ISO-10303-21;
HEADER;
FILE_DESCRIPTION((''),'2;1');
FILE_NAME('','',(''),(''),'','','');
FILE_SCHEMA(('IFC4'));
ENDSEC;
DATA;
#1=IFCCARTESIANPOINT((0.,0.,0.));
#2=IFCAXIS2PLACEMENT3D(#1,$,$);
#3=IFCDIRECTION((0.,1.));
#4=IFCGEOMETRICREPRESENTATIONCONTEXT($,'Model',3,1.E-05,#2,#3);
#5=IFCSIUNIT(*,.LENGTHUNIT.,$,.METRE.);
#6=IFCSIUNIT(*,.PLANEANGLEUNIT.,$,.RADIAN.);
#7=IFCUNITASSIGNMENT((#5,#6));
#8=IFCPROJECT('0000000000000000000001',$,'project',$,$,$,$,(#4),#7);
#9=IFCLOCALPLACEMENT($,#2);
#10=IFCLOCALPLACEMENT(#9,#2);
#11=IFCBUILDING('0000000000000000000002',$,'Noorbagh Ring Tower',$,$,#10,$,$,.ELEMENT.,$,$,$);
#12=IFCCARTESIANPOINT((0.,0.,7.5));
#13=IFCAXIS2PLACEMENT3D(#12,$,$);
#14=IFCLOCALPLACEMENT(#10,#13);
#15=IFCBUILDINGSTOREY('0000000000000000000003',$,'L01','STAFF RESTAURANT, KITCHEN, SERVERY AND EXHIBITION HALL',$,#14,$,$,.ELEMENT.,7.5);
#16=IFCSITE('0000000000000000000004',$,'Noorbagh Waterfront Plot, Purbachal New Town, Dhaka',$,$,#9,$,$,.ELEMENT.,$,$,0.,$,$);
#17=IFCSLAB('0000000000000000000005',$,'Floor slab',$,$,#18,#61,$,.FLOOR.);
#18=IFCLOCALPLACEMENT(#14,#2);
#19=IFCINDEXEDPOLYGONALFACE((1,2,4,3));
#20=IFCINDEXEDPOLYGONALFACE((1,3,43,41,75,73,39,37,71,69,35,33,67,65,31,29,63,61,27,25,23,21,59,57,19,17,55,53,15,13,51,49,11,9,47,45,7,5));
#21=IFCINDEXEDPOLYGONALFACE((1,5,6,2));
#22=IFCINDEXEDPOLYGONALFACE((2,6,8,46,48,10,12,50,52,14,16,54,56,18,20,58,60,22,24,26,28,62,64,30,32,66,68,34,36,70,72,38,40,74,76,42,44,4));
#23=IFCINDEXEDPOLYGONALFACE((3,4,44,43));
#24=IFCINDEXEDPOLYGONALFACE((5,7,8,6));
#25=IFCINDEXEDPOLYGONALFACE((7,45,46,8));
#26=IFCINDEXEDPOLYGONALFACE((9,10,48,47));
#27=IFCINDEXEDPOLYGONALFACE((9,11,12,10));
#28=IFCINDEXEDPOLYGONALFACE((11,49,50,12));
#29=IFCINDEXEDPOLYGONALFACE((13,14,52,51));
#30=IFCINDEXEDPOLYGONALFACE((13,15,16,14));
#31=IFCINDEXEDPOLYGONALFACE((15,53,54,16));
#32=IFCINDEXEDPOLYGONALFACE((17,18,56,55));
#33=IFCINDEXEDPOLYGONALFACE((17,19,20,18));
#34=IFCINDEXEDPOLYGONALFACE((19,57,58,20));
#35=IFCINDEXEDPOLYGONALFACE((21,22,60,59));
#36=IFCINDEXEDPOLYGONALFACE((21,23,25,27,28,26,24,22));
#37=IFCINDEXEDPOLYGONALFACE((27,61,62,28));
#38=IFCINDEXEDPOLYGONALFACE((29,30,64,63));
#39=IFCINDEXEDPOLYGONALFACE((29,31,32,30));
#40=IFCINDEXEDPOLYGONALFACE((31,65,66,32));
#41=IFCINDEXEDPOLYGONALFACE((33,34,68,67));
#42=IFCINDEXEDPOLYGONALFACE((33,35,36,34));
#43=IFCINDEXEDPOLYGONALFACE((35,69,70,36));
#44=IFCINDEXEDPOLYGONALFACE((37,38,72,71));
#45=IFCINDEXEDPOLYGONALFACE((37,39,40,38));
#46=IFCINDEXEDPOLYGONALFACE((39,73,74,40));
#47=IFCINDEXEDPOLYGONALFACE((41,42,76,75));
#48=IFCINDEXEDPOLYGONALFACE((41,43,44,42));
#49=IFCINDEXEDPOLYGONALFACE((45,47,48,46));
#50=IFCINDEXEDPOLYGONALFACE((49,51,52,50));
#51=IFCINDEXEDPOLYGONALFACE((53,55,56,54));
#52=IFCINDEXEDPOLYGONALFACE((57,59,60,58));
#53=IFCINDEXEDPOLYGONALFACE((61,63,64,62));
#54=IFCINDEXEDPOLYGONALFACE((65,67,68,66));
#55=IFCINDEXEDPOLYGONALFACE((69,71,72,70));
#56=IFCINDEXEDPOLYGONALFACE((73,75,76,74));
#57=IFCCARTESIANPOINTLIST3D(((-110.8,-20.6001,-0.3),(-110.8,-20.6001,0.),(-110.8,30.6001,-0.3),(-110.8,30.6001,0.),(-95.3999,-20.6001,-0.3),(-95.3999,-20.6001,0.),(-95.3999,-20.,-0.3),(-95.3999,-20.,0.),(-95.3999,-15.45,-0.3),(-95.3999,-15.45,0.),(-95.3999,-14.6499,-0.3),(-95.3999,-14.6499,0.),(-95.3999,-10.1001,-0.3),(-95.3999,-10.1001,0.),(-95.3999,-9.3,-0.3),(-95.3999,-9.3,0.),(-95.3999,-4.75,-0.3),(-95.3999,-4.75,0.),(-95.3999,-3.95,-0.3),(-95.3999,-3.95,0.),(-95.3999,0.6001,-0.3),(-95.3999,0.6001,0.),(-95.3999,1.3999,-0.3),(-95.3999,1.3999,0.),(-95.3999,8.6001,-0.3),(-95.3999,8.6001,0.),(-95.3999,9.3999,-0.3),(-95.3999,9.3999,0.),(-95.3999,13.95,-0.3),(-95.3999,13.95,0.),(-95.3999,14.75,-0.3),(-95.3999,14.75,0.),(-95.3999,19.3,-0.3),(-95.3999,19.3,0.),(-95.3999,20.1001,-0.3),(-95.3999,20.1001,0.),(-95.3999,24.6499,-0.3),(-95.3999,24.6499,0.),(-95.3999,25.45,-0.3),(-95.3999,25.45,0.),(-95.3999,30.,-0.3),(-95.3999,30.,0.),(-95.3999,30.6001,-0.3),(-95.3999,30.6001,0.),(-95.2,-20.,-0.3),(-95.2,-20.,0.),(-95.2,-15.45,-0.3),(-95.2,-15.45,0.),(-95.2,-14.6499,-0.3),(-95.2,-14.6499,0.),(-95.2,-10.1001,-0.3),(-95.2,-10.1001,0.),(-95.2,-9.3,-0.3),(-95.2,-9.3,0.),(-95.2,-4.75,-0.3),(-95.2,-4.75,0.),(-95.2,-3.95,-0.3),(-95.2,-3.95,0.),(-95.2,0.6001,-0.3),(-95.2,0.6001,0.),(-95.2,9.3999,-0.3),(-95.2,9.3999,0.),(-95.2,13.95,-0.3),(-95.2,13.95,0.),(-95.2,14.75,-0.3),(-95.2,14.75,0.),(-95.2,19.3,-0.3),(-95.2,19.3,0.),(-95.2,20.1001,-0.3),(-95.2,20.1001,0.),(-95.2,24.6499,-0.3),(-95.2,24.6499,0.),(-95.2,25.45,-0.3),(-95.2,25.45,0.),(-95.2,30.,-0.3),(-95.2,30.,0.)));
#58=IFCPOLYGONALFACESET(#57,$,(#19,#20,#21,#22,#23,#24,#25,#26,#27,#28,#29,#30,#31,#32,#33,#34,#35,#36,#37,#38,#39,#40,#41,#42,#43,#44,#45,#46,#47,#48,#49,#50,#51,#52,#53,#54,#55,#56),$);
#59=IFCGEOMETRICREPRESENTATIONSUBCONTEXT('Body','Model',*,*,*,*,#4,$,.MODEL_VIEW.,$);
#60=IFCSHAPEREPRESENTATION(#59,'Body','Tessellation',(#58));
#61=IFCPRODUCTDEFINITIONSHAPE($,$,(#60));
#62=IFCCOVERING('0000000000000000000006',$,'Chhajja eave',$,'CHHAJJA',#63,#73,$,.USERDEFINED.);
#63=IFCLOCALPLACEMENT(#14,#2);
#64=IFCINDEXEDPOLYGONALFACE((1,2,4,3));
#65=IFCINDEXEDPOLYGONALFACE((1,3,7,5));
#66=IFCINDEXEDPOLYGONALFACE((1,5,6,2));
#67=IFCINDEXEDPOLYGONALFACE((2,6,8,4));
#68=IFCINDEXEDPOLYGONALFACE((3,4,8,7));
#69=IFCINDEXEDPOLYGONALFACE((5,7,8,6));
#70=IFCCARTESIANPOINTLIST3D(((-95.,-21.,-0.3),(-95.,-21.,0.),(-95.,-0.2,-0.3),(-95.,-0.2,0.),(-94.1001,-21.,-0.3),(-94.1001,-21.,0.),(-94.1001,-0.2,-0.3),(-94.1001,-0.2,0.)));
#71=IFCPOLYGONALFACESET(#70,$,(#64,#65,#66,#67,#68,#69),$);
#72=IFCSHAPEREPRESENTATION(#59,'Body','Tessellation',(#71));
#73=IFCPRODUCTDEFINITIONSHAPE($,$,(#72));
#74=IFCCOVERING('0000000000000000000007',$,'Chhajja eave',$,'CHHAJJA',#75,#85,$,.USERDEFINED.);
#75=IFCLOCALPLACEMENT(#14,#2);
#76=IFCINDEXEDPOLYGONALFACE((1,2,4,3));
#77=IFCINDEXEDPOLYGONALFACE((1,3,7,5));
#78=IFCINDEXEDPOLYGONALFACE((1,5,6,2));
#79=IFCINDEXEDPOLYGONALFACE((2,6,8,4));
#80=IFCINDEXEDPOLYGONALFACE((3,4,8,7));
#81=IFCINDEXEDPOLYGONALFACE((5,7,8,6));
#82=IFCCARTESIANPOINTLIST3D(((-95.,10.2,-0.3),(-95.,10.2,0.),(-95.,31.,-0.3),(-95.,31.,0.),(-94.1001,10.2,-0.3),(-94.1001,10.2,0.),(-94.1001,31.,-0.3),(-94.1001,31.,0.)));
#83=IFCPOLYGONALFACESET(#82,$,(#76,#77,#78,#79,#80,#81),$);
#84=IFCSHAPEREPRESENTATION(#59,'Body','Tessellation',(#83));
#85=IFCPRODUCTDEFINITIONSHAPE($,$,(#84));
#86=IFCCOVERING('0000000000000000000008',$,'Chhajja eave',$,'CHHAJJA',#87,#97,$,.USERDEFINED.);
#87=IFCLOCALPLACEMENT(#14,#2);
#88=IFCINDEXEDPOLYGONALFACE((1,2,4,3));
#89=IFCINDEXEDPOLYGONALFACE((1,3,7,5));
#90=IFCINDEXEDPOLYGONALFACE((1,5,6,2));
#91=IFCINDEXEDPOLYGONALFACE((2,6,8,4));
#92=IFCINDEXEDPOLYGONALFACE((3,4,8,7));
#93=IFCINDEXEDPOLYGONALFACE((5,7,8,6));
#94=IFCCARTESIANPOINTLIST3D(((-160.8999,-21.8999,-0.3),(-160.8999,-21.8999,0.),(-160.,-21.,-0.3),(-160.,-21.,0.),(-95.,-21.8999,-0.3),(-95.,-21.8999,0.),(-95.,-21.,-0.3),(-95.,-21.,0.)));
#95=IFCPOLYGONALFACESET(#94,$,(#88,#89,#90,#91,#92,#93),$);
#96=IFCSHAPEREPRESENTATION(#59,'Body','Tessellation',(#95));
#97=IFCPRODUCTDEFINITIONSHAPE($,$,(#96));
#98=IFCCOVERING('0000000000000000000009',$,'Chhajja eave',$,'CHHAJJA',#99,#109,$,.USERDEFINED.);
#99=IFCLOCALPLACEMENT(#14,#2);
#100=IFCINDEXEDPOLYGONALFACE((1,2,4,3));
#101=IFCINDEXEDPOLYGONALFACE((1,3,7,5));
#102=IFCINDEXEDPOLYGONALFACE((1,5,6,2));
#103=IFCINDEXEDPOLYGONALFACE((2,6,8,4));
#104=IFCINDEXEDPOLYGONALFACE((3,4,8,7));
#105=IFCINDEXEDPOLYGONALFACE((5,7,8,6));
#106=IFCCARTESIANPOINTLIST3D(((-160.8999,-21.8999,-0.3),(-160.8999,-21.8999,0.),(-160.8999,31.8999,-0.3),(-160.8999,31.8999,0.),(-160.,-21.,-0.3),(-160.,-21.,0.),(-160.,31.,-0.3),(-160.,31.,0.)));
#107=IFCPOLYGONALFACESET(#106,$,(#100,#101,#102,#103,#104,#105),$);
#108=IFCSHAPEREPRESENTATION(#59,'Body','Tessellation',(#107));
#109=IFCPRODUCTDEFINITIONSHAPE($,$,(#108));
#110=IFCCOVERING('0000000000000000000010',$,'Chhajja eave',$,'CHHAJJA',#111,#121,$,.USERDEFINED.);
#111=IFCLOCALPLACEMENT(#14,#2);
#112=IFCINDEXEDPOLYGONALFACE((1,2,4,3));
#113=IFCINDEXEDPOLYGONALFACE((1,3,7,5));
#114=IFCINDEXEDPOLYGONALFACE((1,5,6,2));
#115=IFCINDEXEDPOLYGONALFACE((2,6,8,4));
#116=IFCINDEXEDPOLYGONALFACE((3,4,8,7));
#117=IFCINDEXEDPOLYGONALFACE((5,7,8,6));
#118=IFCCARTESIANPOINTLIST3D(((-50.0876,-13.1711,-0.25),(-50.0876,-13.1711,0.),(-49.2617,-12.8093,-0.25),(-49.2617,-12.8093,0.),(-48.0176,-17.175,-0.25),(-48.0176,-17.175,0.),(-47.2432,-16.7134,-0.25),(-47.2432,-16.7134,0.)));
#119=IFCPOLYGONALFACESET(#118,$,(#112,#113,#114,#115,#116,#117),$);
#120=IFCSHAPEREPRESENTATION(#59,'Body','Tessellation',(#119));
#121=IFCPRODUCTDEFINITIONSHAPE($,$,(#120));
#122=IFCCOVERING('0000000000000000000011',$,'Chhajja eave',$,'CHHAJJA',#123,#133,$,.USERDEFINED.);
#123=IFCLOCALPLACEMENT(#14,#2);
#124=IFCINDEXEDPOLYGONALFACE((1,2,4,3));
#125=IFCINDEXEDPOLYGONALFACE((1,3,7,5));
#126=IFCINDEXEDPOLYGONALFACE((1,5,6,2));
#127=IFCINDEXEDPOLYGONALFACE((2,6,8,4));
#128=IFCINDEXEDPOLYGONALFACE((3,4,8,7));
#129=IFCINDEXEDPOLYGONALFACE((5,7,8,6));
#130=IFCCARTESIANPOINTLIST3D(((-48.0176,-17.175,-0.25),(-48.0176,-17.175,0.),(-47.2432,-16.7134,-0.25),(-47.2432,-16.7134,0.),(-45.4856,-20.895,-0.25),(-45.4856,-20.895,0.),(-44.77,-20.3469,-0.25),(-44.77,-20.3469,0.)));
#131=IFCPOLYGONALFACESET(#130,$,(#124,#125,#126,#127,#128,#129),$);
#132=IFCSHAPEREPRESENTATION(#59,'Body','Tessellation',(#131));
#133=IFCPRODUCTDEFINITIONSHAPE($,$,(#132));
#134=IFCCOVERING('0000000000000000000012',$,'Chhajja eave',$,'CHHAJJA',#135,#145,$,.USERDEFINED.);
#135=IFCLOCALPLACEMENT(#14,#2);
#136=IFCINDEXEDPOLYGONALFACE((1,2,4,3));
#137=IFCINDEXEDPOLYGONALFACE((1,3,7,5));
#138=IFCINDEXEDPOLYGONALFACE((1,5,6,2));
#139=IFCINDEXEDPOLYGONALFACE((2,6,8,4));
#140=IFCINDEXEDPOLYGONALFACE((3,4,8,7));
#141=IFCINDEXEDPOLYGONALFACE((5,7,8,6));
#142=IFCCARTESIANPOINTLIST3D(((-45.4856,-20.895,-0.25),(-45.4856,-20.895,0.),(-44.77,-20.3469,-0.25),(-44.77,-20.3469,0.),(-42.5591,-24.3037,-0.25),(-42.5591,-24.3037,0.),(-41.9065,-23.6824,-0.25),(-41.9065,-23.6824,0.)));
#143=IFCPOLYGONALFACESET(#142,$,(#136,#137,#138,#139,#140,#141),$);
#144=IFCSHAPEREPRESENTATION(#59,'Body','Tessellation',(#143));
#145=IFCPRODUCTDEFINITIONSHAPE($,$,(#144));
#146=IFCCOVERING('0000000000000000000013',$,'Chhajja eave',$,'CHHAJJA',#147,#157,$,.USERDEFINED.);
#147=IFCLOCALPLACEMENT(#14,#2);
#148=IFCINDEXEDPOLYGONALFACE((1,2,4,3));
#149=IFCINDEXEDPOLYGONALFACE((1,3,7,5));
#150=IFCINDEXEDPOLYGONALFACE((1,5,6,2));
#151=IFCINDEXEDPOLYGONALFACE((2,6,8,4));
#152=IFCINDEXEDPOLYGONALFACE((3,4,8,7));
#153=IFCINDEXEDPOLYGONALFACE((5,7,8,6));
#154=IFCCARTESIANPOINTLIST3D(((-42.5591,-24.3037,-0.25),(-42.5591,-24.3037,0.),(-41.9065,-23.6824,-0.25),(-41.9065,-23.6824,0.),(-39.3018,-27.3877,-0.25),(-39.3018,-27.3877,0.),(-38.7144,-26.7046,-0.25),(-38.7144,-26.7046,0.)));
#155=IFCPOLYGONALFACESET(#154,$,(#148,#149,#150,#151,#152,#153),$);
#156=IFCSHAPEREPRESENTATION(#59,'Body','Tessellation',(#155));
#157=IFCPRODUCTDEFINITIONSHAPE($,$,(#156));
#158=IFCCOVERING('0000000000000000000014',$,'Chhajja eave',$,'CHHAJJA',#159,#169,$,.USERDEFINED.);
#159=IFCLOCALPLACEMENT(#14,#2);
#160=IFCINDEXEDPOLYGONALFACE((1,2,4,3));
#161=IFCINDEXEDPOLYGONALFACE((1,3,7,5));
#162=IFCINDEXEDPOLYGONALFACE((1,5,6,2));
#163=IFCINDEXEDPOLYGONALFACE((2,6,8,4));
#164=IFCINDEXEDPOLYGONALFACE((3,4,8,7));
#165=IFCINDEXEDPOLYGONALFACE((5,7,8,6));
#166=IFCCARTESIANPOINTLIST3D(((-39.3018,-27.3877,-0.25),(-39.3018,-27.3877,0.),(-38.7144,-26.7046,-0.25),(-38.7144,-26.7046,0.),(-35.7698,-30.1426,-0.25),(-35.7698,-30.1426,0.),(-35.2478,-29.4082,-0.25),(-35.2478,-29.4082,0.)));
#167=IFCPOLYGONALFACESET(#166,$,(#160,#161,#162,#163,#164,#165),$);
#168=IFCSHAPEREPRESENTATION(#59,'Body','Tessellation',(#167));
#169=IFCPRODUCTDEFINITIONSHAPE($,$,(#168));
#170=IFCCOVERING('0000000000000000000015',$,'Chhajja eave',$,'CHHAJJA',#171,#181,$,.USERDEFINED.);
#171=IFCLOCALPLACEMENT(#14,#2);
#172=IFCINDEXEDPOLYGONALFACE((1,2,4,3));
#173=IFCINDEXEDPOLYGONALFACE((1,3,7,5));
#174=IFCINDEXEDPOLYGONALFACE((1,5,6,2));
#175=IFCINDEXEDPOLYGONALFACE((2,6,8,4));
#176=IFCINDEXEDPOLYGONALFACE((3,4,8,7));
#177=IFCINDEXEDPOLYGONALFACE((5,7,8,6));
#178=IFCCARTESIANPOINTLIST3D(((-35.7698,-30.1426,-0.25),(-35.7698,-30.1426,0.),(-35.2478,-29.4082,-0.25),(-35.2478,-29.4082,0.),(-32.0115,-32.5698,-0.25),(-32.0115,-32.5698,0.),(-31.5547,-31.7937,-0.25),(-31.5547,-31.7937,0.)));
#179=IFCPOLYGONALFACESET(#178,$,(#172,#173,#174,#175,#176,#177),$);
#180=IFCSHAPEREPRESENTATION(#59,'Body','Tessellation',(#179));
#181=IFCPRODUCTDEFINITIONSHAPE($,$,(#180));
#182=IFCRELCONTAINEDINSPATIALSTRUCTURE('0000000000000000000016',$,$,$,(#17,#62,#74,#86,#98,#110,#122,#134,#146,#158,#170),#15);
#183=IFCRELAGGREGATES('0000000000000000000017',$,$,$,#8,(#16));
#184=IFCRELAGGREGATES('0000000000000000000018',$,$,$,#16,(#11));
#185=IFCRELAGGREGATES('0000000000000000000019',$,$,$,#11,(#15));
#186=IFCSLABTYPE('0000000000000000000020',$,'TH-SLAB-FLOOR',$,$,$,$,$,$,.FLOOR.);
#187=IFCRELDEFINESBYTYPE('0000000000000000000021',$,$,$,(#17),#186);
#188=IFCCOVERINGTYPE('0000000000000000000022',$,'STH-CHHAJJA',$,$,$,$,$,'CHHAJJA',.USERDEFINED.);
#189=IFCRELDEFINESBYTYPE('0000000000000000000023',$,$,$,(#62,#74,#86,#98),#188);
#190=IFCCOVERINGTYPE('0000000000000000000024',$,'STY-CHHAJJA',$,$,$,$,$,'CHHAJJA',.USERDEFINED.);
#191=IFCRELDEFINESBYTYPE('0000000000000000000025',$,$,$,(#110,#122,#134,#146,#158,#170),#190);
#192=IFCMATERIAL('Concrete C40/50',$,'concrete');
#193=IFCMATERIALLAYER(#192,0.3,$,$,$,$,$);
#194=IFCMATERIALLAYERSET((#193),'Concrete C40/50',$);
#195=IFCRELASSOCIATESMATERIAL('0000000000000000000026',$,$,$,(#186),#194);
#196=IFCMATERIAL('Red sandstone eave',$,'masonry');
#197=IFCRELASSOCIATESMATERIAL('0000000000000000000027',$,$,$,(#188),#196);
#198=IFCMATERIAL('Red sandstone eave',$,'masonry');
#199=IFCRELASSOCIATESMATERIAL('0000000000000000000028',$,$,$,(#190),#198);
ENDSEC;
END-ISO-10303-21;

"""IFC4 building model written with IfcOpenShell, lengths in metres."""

from ifc_helpers import new_model, si_unit, direction, frame, origin, place, context, subcontext, project, spatial, polyline, outline, extrude, material, layer, layer_set, type_object, element, save


model = new_model("IFC4")

# Units and contexts
model_context = context("Model", 3, precision=1e-05, world=origin(), true_north=direction((0.0, 1.0)))
body_context = subcontext(model_context, "Body", "Model", "MODEL_VIEW")
ifc_project = project(units=[si_unit("LENGTHUNIT", "METRE"), si_unit("PLANEANGLEUNIT", "RADIAN")], contexts=[model_context])

# Site, building, storey
site_placement = place(None, origin())
site = spatial("IfcSite", under=ifc_project, at=site_placement, Name="Noorbagh Waterfront Plot, Purbachal New Town, Dhaka", CompositionType="ELEMENT", RefElevation=0.0)
building_placement = place(site_placement, origin())
building = spatial("IfcBuilding", under=site, at=building_placement, Name="Noorbagh Ring Tower", CompositionType="ELEMENT")
storey_placement = place(building_placement, frame((0.0, 0.0, 7.5)))
storey = spatial("IfcBuildingStorey", under=building, at=storey_placement, Name="L01", Description="STAFF RESTAURANT, KITCHEN, SERVERY AND EXHIBITION HALL", CompositionType="ELEMENT", Elevation=7.5)

# Slab
ifc_material_1 = material(Name="Concrete C40/50", Category="concrete")
ifc_layer = layer(ifc_material_1, 0.3)
ifc_layer_set = layer_set([ifc_layer], Name="Concrete C40/50")
slab_type = type_object("IfcSlabType", Name="TH-SLAB-FLOOR", PredefinedType="FLOOR", material=ifc_layer_set)
slab_1_placement = place(storey_placement, frame((0.0, 0.0, -0.3)))
element("IfcSlab", 1, at=slab_1_placement, inside=storey, type_object=slab_type, Name="Floor slab", PredefinedType="FLOOR", context=body_context, shape_type="SweptSolid", body=[
    extrude(outline(polyline([(-95.3999, 20.1001), (-95.2, 20.1001), (-95.2, 24.6499), (-95.3999, 24.6499), (-95.3999, 25.45), (-95.2, 25.45), (-95.2, 30.0), (-95.3999, 30.0), (-95.3999, 30.6001), (-110.8, 30.6001), (-110.8, -20.6001), (-95.3999, -20.6001), (-95.3999, -20.0), (-95.2, -20.0), (-95.2, -15.45), (-95.3999, -15.45), (-95.3999, -14.6499), (-95.2, -14.6499), (-95.2, -10.1001), (-95.3999, -10.1001), (-95.3999, -9.3), (-95.2, -9.3), (-95.2, -4.75), (-95.3999, -4.75), (-95.3999, -3.95), (-95.2, -3.95), (-95.2, 0.6001), (-95.3999, 0.6001), (-95.3999, 1.3999), (-95.3999, 8.6001), (-95.3999, 9.3999), (-95.2, 9.3999), (-95.2, 13.95), (-95.3999, 13.95), (-95.3999, 14.75), (-95.2, 14.75), (-95.2, 19.3), (-95.3999, 19.3), (-95.3999, 20.1001)])), origin(), (0.0, 0.0, 1.0), 0.3),
])

# Coverings
ifc_material_2 = material(Name="Red sandstone eave", Category="masonry")
covering_type_1 = type_object("IfcCoveringType", Name="STH-CHHAJJA", ElementType="CHHAJJA", PredefinedType="USERDEFINED", material=ifc_material_2)
covering_1_placement = place(storey_placement, frame((0.0, 0.0, -0.3)))
element("IfcCovering", 2, at=covering_1_placement, inside=storey, type_object=covering_type_1, Name="Chhajja eave", ObjectType="CHHAJJA", PredefinedType="USERDEFINED", context=body_context, shape_type="SweptSolid", body=[
    extrude(outline(polyline([(-95.0, -21.0), (-95.0, -0.2), (-94.1001, -0.2), (-94.1001, -21.0), (-95.0, -21.0)])), origin(), (0.0, 0.0, 1.0), 0.3),
])
covering_2_placement = place(storey_placement, frame((0.0, 0.0, -0.3)))
element("IfcCovering", 3, at=covering_2_placement, inside=storey, type_object=covering_type_1, Name="Chhajja eave", ObjectType="CHHAJJA", PredefinedType="USERDEFINED", context=body_context, shape_type="SweptSolid", body=[
    extrude(outline(polyline([(-95.0, 10.2), (-95.0, 31.0), (-94.1001, 31.0), (-94.1001, 10.2), (-95.0, 10.2)])), origin(), (0.0, 0.0, 1.0), 0.3),
])
covering_3_placement = place(storey_placement, frame((0.0, 0.0, -0.3)))
element("IfcCovering", 4, at=covering_3_placement, inside=storey, type_object=covering_type_1, Name="Chhajja eave", ObjectType="CHHAJJA", PredefinedType="USERDEFINED", context=body_context, shape_type="SweptSolid", body=[
    extrude(outline(polyline([(-160.0, -21.0), (-95.0, -21.0), (-95.0, -21.8999), (-160.8999, -21.8999), (-160.0, -21.0)])), origin(), (0.0, 0.0, 1.0), 0.3),
])
covering_4_placement = place(storey_placement, frame((0.0, 0.0, -0.3)))
element("IfcCovering", 5, at=covering_4_placement, inside=storey, type_object=covering_type_1, Name="Chhajja eave", ObjectType="CHHAJJA", PredefinedType="USERDEFINED", context=body_context, shape_type="SweptSolid", body=[
    extrude(outline(polyline([(-160.0, -21.0), (-160.0, 31.0), (-160.8999, 31.8999), (-160.8999, -21.8999), (-160.0, -21.0)])), origin(), (0.0, 0.0, 1.0), 0.3),
])
ifc_material_3 = material(Name="Red sandstone eave", Category="masonry")
covering_type_2 = type_object("IfcCoveringType", Name="STY-CHHAJJA", ElementType="CHHAJJA", PredefinedType="USERDEFINED", material=ifc_material_3)
covering_5_placement = place(storey_placement, frame((0.0, 0.0, -0.25)))
element("IfcCovering", 6, at=covering_5_placement, inside=storey, type_object=covering_type_2, Name="Chhajja eave", ObjectType="CHHAJJA", PredefinedType="USERDEFINED", context=body_context, shape_type="SweptSolid", body=[
    extrude(outline(polyline([(-49.2617, -12.8093), (-47.2432, -16.7134), (-48.0176, -17.175), (-50.0876, -13.1711), (-49.2617, -12.8093)])), origin(), (0.0, 0.0, 1.0), 0.25),
])
covering_6_placement = place(storey_placement, frame((0.0, 0.0, -0.25)))
element("IfcCovering", 7, at=covering_6_placement, inside=storey, type_object=covering_type_2, Name="Chhajja eave", ObjectType="CHHAJJA", PredefinedType="USERDEFINED", context=body_context, shape_type="SweptSolid", body=[
    extrude(outline(polyline([(-47.2432, -16.7134), (-44.77, -20.3469), (-45.4856, -20.895), (-48.0176, -17.175), (-47.2432, -16.7134)])), origin(), (0.0, 0.0, 1.0), 0.25),
])
covering_7_placement = place(storey_placement, frame((0.0, 0.0, -0.25)))
element("IfcCovering", 8, at=covering_7_placement, inside=storey, type_object=covering_type_2, Name="Chhajja eave", ObjectType="CHHAJJA", PredefinedType="USERDEFINED", context=body_context, shape_type="SweptSolid", body=[
    extrude(outline(polyline([(-44.77, -20.3469), (-41.9065, -23.6824), (-42.5591, -24.3037), (-45.4856, -20.895), (-44.77, -20.3469)])), origin(), (0.0, 0.0, 1.0), 0.25),
])
covering_8_placement = place(storey_placement, frame((0.0, 0.0, -0.25)))
element("IfcCovering", 9, at=covering_8_placement, inside=storey, type_object=covering_type_2, Name="Chhajja eave", ObjectType="CHHAJJA", PredefinedType="USERDEFINED", context=body_context, shape_type="SweptSolid", body=[
    extrude(outline(polyline([(-41.9065, -23.6824), (-38.7144, -26.7046), (-39.3018, -27.3877), (-42.5591, -24.3037), (-41.9065, -23.6824)])), origin(), (0.0, 0.0, 1.0), 0.25),
])
covering_9_placement = place(storey_placement, frame((0.0, 0.0, -0.25)))
element("IfcCovering", 10, at=covering_9_placement, inside=storey, type_object=covering_type_2, Name="Chhajja eave", ObjectType="CHHAJJA", PredefinedType="USERDEFINED", context=body_context, shape_type="SweptSolid", body=[
    extrude(outline(polyline([(-38.7144, -26.7046), (-35.2478, -29.4082), (-35.7698, -30.1426), (-39.3018, -27.3877), (-38.7144, -26.7046)])), origin(), (0.0, 0.0, 1.0), 0.25),
])
covering_10_placement = place(storey_placement, frame((0.0, 0.0, -0.25)))
element("IfcCovering", 11, at=covering_10_placement, inside=storey, type_object=covering_type_2, Name="Chhajja eave", ObjectType="CHHAJJA", PredefinedType="USERDEFINED", context=body_context, shape_type="SweptSolid", body=[
    extrude(outline(polyline([(-35.2478, -29.4082), (-31.5547, -31.7937), (-32.0115, -32.5698), (-35.7698, -30.1426), (-35.2478, -29.4082)])), origin(), (0.0, 0.0, 1.0), 0.25),
])

save(model, "model.ifc")
